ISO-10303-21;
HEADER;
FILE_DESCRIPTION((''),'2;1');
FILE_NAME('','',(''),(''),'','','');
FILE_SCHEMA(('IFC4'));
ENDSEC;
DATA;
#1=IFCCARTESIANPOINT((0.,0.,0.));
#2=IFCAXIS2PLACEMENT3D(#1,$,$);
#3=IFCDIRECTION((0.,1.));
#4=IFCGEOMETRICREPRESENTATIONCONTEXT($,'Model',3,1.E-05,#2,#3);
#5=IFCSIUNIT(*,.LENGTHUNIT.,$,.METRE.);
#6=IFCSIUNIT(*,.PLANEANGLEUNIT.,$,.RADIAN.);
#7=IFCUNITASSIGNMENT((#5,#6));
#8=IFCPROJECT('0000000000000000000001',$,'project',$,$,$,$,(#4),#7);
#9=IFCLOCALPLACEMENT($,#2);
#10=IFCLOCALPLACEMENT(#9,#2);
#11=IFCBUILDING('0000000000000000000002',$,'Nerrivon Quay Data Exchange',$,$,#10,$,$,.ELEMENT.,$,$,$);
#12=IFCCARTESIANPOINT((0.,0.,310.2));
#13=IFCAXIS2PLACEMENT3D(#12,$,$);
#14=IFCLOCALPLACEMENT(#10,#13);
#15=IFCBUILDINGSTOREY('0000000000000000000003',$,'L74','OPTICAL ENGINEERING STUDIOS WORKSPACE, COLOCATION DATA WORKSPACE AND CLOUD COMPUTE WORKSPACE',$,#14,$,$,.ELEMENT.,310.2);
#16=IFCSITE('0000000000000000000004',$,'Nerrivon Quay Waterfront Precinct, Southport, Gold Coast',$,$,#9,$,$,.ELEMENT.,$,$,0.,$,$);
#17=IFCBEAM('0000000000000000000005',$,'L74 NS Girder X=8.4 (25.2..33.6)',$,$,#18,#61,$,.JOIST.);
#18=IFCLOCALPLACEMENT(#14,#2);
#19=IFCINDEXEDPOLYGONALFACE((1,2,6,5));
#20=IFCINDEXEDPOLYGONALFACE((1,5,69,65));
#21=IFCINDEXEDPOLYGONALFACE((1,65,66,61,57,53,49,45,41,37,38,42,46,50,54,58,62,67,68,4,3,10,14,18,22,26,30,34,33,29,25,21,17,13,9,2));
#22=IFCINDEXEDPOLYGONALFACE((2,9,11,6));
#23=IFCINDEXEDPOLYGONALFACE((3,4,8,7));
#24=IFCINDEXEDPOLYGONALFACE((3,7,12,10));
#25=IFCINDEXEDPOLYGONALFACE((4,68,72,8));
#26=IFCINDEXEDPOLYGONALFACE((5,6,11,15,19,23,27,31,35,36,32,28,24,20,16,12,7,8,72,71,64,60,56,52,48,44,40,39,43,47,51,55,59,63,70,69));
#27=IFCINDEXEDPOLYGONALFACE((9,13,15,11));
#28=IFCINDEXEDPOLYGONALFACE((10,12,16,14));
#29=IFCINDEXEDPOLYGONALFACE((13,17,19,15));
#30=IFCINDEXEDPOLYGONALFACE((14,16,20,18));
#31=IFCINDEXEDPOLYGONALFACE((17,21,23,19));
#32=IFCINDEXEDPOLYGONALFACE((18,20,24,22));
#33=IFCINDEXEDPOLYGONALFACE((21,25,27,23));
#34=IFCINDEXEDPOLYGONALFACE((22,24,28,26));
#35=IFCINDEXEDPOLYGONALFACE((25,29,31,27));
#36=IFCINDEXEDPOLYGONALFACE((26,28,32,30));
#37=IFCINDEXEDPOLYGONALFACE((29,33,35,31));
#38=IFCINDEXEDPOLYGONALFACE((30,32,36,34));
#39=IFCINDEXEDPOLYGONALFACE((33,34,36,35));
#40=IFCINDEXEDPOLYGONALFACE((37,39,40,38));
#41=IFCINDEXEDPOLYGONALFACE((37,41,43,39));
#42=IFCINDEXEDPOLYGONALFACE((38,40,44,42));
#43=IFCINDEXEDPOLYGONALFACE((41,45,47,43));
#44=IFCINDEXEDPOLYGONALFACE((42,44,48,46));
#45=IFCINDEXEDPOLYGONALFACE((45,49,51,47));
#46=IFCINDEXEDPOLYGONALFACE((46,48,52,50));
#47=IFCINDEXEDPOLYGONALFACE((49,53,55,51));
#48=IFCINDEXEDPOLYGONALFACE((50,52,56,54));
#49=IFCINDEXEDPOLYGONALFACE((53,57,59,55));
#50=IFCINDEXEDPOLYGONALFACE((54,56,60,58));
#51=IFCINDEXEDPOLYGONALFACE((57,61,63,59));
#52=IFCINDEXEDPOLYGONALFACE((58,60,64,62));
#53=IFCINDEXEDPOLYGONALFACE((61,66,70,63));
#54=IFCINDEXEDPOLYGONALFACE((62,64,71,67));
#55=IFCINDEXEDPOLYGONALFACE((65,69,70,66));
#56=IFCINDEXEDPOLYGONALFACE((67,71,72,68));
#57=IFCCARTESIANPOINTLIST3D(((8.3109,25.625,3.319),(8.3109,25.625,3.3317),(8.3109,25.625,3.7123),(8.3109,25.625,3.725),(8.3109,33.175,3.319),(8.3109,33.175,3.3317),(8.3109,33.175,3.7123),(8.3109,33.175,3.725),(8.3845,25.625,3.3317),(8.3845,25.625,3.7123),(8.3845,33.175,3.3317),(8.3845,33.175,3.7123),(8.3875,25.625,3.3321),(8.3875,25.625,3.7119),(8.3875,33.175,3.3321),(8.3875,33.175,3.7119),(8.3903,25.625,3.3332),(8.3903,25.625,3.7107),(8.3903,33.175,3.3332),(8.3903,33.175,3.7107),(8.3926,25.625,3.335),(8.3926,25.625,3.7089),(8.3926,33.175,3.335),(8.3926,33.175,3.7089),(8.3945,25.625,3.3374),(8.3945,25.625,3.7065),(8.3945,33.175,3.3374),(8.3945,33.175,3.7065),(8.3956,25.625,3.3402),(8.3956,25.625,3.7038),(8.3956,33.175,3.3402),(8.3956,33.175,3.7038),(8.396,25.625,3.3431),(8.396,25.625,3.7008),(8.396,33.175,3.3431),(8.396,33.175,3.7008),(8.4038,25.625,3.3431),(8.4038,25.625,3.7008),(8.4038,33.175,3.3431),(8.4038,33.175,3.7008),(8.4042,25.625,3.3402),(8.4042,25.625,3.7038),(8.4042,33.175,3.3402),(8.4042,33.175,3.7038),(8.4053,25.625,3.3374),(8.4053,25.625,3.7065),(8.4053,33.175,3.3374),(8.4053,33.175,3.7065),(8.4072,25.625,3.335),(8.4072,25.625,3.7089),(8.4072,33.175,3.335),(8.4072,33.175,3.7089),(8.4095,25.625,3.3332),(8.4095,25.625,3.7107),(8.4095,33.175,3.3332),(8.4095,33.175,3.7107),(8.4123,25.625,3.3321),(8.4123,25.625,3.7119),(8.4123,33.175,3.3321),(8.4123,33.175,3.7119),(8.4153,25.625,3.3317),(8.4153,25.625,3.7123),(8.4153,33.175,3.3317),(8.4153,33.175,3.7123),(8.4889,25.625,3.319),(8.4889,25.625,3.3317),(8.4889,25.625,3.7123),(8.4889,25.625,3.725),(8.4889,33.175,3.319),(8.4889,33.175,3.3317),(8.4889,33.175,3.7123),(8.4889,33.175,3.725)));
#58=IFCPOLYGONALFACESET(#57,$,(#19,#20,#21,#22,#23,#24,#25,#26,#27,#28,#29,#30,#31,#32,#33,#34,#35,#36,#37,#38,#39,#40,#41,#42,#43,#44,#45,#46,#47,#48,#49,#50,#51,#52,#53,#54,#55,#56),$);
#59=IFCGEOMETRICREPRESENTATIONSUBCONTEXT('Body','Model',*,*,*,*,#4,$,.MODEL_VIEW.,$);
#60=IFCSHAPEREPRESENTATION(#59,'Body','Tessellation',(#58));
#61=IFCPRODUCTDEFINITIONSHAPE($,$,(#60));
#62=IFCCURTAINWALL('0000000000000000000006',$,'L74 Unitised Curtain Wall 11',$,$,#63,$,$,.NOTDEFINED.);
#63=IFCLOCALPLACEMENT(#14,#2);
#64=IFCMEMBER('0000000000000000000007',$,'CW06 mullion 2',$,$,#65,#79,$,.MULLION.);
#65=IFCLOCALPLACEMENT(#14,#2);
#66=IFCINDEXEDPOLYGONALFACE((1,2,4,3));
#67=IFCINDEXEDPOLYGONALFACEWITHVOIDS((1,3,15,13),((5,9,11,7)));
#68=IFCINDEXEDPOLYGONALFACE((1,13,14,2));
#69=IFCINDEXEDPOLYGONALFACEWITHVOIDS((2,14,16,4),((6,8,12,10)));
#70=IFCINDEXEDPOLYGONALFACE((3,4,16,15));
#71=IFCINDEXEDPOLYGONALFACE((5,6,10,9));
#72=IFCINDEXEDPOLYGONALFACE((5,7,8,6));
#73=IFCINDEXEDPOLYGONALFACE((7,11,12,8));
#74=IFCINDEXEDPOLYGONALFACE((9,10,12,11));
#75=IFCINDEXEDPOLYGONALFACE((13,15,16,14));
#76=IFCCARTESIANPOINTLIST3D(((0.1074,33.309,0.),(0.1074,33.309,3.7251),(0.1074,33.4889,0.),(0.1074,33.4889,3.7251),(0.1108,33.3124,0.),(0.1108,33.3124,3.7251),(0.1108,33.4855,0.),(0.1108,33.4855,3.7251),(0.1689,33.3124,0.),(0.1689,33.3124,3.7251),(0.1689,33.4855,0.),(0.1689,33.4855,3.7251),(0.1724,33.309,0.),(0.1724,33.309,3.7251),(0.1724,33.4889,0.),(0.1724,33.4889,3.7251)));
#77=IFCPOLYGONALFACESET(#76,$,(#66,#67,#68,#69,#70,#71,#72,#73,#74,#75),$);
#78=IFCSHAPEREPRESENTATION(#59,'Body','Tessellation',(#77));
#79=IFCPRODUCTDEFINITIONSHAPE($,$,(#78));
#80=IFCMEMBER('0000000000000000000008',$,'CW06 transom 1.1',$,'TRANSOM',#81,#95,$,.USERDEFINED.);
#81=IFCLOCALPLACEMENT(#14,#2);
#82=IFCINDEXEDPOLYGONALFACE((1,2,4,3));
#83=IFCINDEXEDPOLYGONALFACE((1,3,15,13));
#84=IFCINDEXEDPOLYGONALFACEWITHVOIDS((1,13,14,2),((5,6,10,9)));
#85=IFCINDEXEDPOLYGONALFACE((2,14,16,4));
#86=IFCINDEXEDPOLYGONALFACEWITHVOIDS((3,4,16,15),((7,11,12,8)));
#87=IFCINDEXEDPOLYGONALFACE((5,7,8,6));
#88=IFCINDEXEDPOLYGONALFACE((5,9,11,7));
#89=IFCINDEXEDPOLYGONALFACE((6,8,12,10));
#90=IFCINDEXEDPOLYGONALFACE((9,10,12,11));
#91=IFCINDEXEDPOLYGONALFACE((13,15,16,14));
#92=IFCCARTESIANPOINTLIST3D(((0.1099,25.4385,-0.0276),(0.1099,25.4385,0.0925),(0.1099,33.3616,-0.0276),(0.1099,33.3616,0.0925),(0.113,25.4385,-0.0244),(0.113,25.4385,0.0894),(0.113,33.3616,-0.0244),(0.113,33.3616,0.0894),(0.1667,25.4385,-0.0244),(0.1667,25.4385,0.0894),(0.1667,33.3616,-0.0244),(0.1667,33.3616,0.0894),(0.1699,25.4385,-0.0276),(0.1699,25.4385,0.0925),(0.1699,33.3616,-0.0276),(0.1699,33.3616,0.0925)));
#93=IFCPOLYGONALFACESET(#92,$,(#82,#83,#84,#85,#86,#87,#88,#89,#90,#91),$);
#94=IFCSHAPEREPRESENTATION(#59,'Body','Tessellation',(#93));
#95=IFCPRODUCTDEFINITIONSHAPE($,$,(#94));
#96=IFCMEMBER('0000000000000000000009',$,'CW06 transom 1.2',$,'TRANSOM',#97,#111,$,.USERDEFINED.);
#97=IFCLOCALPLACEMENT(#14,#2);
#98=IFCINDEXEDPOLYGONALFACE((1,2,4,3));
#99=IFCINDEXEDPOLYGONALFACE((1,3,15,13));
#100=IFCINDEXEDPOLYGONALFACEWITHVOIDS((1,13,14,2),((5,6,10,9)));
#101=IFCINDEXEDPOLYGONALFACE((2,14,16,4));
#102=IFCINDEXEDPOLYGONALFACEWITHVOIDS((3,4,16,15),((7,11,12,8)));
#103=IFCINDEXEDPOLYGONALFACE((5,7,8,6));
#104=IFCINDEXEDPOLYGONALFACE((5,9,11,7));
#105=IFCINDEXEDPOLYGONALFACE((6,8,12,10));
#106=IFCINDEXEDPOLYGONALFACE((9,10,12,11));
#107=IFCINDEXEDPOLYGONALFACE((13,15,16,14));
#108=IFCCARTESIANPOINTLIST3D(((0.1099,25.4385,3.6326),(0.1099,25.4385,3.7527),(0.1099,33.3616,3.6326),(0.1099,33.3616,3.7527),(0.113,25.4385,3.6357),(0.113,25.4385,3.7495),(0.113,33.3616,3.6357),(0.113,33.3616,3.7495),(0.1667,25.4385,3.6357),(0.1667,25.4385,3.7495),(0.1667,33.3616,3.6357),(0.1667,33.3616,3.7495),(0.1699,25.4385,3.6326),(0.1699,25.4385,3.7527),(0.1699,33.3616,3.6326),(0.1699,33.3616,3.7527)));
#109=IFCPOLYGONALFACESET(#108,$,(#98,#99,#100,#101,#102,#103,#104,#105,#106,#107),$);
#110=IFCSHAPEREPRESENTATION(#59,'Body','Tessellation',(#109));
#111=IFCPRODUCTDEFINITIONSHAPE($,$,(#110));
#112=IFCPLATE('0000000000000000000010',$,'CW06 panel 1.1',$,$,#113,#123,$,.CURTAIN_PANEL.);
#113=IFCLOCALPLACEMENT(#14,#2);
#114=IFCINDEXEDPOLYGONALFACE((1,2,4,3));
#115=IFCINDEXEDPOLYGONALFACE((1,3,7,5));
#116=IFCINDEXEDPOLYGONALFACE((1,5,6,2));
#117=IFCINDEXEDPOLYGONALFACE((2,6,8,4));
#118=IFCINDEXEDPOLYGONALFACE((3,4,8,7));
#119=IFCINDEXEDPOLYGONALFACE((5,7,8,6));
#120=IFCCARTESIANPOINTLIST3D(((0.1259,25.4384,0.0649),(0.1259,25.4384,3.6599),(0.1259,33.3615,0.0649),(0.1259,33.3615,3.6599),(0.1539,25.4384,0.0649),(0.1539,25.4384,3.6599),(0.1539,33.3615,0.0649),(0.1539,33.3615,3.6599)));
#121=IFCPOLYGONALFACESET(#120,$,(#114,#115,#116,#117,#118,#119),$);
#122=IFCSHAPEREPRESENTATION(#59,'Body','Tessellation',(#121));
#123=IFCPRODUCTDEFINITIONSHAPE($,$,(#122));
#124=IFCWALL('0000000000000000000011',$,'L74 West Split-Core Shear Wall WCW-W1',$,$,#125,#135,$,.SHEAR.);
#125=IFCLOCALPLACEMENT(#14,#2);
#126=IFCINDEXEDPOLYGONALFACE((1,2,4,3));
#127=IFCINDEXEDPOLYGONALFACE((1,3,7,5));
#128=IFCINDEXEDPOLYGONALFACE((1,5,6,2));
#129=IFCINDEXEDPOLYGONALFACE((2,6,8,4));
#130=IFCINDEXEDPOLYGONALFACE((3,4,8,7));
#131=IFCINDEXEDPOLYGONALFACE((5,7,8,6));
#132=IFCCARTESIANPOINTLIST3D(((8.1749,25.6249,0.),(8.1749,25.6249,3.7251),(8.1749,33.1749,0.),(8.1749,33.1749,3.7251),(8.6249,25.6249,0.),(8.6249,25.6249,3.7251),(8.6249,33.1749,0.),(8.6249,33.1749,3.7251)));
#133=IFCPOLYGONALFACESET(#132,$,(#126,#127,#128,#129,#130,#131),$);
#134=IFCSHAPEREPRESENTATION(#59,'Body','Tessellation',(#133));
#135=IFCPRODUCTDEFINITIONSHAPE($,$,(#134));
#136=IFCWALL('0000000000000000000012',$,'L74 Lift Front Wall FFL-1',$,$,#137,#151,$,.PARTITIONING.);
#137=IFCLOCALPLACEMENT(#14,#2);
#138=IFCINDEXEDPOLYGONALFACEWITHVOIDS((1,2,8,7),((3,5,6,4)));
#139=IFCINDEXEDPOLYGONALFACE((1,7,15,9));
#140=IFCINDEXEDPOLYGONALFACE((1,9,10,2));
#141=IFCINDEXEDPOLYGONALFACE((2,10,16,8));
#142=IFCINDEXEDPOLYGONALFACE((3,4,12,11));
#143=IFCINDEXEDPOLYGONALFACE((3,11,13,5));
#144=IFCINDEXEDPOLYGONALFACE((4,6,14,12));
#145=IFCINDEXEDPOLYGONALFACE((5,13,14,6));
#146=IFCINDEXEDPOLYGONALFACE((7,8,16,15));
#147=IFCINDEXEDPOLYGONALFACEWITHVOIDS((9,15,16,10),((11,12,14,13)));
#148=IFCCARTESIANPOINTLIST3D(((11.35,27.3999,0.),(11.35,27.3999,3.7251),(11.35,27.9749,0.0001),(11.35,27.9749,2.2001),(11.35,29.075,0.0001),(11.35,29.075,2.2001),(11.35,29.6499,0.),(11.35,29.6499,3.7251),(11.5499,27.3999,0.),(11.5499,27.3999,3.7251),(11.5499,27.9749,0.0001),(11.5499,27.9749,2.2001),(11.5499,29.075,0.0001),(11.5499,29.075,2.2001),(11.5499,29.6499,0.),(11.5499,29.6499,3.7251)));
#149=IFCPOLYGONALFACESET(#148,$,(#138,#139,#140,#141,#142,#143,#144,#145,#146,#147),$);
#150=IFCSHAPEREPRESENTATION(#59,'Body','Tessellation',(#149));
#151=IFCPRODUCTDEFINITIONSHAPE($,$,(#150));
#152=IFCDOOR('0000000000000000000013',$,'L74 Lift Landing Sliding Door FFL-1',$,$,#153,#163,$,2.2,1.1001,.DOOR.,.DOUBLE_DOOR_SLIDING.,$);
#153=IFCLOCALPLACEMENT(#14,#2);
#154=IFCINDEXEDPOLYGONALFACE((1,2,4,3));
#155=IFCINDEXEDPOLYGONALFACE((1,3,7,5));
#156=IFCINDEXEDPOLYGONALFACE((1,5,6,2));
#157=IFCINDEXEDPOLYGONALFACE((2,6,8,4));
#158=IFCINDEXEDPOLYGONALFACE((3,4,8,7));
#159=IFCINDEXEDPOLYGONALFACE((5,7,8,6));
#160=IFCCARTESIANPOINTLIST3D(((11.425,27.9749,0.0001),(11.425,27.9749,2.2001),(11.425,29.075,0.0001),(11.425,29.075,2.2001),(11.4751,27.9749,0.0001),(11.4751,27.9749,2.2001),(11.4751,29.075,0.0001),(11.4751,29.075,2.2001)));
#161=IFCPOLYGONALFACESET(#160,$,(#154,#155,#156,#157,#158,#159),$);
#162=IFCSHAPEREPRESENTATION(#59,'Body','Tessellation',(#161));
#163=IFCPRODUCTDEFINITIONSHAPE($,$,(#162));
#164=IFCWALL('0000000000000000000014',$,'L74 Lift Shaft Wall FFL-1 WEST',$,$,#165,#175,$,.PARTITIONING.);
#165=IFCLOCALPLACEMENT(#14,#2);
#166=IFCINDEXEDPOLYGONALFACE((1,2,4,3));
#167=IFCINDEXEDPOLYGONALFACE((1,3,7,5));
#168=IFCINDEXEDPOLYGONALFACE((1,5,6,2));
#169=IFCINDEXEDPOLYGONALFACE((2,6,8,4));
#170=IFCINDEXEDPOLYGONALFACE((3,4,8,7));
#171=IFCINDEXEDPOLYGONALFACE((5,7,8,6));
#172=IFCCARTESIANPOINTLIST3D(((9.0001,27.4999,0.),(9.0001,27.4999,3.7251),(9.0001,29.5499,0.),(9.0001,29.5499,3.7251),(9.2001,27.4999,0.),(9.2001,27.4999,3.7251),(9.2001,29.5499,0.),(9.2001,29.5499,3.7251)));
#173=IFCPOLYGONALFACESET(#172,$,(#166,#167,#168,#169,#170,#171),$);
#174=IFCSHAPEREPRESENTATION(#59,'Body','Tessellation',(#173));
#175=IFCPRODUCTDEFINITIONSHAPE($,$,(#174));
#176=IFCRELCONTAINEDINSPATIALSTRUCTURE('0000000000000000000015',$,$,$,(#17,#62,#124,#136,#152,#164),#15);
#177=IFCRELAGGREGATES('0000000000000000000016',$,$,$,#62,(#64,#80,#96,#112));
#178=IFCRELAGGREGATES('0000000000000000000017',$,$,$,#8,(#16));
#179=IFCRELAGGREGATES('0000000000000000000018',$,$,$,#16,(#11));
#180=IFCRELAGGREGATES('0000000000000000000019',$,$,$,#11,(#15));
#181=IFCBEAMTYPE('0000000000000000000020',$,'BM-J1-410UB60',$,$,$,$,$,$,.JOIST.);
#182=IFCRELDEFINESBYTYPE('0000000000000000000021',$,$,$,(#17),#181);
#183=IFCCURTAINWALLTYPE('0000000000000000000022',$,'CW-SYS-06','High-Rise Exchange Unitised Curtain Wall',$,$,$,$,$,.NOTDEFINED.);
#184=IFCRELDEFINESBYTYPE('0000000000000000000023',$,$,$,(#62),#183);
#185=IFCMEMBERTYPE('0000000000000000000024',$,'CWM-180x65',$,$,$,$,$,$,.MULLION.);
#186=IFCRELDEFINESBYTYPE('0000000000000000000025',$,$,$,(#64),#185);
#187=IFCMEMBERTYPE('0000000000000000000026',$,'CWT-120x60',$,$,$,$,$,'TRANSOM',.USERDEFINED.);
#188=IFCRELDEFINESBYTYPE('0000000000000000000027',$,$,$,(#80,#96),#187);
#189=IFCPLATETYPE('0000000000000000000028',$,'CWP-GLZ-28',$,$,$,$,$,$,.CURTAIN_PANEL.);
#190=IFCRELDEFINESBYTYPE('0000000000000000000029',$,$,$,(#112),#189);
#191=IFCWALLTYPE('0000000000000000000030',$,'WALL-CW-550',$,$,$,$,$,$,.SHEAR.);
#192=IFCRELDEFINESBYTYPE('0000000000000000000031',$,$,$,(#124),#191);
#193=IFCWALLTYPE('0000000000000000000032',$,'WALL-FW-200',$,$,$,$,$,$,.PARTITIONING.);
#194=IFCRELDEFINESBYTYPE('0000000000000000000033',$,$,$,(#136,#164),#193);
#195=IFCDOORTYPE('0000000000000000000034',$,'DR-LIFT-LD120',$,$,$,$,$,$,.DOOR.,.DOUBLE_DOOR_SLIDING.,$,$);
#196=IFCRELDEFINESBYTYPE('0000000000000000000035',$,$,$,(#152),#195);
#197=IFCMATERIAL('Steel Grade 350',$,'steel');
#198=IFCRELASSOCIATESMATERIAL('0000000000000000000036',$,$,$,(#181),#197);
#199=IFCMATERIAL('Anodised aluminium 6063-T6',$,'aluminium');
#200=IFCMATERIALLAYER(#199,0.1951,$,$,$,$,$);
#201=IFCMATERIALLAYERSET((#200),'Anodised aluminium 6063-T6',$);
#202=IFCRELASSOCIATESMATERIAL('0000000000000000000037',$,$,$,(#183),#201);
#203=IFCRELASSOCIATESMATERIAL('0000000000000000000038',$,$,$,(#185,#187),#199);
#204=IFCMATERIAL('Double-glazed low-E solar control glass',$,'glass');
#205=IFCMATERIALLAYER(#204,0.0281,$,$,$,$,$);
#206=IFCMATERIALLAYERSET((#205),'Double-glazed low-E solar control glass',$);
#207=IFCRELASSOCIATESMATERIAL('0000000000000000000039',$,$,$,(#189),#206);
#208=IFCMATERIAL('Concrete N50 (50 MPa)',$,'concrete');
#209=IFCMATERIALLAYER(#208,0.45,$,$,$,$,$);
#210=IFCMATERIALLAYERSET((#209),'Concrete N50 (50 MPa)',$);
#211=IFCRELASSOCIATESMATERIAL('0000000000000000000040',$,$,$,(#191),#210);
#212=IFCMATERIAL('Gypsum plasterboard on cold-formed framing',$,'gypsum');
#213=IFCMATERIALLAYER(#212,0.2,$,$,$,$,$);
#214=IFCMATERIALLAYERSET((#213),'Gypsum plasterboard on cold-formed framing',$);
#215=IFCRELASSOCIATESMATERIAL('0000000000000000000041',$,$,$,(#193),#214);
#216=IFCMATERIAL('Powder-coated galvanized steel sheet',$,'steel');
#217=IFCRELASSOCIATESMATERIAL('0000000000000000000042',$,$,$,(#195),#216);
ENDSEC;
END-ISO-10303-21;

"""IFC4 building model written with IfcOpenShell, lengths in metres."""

from ifc_helpers import new_model, si_unit, direction, frame, frame_2d, origin, origin_2d, place, context, subcontext, project, spatial, rectangle, hollow_rectangle, i_section, extrude, material, layer, layer_set, material_profile, profile_set, type_object, element, fill, aggregate, save


model = new_model("IFC4")

# Units and contexts
model_context = context("Model", 3, precision=1e-05, world=origin(), true_north=direction((0.0, 1.0)))
body_context = subcontext(model_context, "Body", "Model", "MODEL_VIEW")
ifc_project = project(units=[si_unit("LENGTHUNIT", "METRE"), si_unit("PLANEANGLEUNIT", "RADIAN")], contexts=[model_context])

# Site, building, storey
site_placement = place(None, origin())
site = spatial("IfcSite", under=ifc_project, at=site_placement, Name="Nerrivon Quay Waterfront Precinct, Southport, Gold Coast", CompositionType="ELEMENT", RefElevation=0.0)
building_placement = place(site_placement, origin())
building = spatial("IfcBuilding", under=site, at=building_placement, Name="Nerrivon Quay Data Exchange", CompositionType="ELEMENT")
storey_placement = place(building_placement, frame((0.0, 0.0, 310.2)))
storey = spatial("IfcBuildingStorey", under=building, at=storey_placement, Name="L74", Description="OPTICAL ENGINEERING STUDIOS WORKSPACE, COLOCATION DATA WORKSPACE AND CLOUD COMPUTE WORKSPACE", CompositionType="ELEMENT", Elevation=310.2)

# Beam
ifc_material_1 = material(Name="Steel Grade 350", Category="steel")
ifc_material_profile_1 = material_profile(ifc_material_1, i_section(OverallWidth=0.178, OverallDepth=0.406, WebThickness=0.0078, FlangeThickness=0.0127, FilletRadius=0.0115, at=origin_2d()), Name="410UB59.7")
ifc_profile_set_1 = profile_set([ifc_material_profile_1], Name="Steel Grade 350")
beam_type = type_object("IfcBeamType", Name="BM-J1-410UB60", PredefinedType="JOIST", material=ifc_profile_set_1)
beam_placement = place(storey_placement, frame((8.3999, 25.625, 3.522), z_axis=(0.0, 1.0, 0.0), x_axis=(-1.0, 0.0, 0.0)))
element("IfcBeam", 1, at=beam_placement, inside=storey, type_object=beam_type, Name="L74 NS Girder X=8.4 (25.2..33.6)", PredefinedType="JOIST", context=body_context, shape_type="SweptSolid", body=[
    extrude(i_section(OverallWidth=0.178, OverallDepth=0.406, WebThickness=0.0078, FlangeThickness=0.0127, FilletRadius=0.0115, at=origin_2d()), origin(), (0.0, 0.0, 1.0), 7.55),
])

# Curtain wall, members, plate
ifc_material_2 = material(Name="Anodised aluminium 6063-T6", Category="aluminium")
ifc_layer_1 = layer(ifc_material_2, 0.1951)
ifc_layer_set_1 = layer_set([ifc_layer_1], Name="Anodised aluminium 6063-T6")
curtain_wall_type = type_object("IfcCurtainWallType", Name="CW-SYS-06", Description="High-Rise Exchange Unitised Curtain Wall", PredefinedType="NOTDEFINED", material=ifc_layer_set_1)
curtain_wall_placement = place(storey_placement, origin())
curtain_wall = element("IfcCurtainWall", 2, at=curtain_wall_placement, inside=storey, type_object=curtain_wall_type, Name="L74 Unitised Curtain Wall 11", PredefinedType="NOTDEFINED")
ifc_material_profile_2 = material_profile(ifc_material_2, hollow_rectangle(XDim=0.0649, YDim=0.1799, WallThickness=0.0034, at=origin_2d()), Name="ALU-MULL-180x65")
ifc_profile_set_2 = profile_set([ifc_material_profile_2], Name="Anodised aluminium 6063-T6")
member_type_1 = type_object("IfcMemberType", Name="CWM-180x65", PredefinedType="MULLION", material=ifc_profile_set_2)
member_1_placement = place(storey_placement, frame((0.1399, 33.3989, 0.0), z_axis=(0.0, 0.0, 1.0), x_axis=(-1.0, 0.0, 0.0)))
member_1 = element("IfcMember", 3, at=member_1_placement, type_object=member_type_1, Name="CW06 mullion 2", PredefinedType="MULLION", context=body_context, shape_type="SweptSolid", body=[
    extrude(hollow_rectangle(XDim=0.0649, YDim=0.1799, WallThickness=0.0034, at=origin_2d()), origin(), (0.0, 0.0, 1.0), 3.7251),
])
ifc_material_profile_3 = material_profile(ifc_material_2, hollow_rectangle(XDim=0.0601, YDim=0.1201, WallThickness=0.0032, at=origin_2d()), Name="ALU-TRAN-120x60")
ifc_profile_set_3 = profile_set([ifc_material_profile_3], Name="Anodised aluminium 6063-T6")
member_type_2 = type_object("IfcMemberType", Name="CWT-120x60", ElementType="TRANSOM", PredefinedType="USERDEFINED", material=ifc_profile_set_3)
member_2_placement = place(storey_placement, frame((0.1399, 25.4385, 0.0325), z_axis=(0.0, 1.0, 0.0), x_axis=(-1.0, 0.0, 0.0)))
member_2 = element("IfcMember", 4, at=member_2_placement, type_object=member_type_2, Name="CW06 transom 1.1", ObjectType="TRANSOM", PredefinedType="USERDEFINED", context=body_context, shape_type="SweptSolid", body=[
    extrude(hollow_rectangle(XDim=0.0601, YDim=0.1201, WallThickness=0.0032, at=origin_2d()), origin(), (0.0, 0.0, 1.0), 7.9231),
])
member_3_placement = place(storey_placement, frame((0.1399, 25.4385, 3.6926), z_axis=(0.0, 1.0, 0.0), x_axis=(-1.0, 0.0, 0.0)))
member_3 = element("IfcMember", 5, at=member_3_placement, type_object=member_type_2, Name="CW06 transom 1.2", ObjectType="TRANSOM", PredefinedType="USERDEFINED", context=body_context, shape_type="SweptSolid", body=[
    extrude(hollow_rectangle(XDim=0.0601, YDim=0.1201, WallThickness=0.0032, at=origin_2d()), origin(), (0.0, 0.0, 1.0), 7.9231),
])
ifc_material_3 = material(Name="Double-glazed low-E solar control glass", Category="glass")
ifc_layer_2 = layer(ifc_material_3, 0.0281)
ifc_layer_set_2 = layer_set([ifc_layer_2], Name="Double-glazed low-E solar control glass")
plate_type = type_object("IfcPlateType", Name="CWP-GLZ-28", PredefinedType="CURTAIN_PANEL", material=ifc_layer_set_2)
plate_placement = place(storey_placement, frame((0.1399, 29.3999, 0.0649), z_axis=(0.0, 0.0, 1.0), x_axis=(0.0, 1.0, 0.0)))
plate = element("IfcPlate", 6, at=plate_placement, type_object=plate_type, Name="CW06 panel 1.1", PredefinedType="CURTAIN_PANEL", context=body_context, shape_type="SweptSolid", body=[
    extrude(rectangle(XDim=7.9231, YDim=0.0281, at=origin_2d()), origin(), (0.0, 0.0, 1.0), 3.595),
])
aggregate(curtain_wall, [member_1, member_2, member_3, plate])

# Wall
ifc_material_4 = material(Name="Concrete N50 (50 MPa)", Category="concrete")
ifc_layer_3 = layer(ifc_material_4, 0.45)
ifc_layer_set_3 = layer_set([ifc_layer_3], Name="Concrete N50 (50 MPa)")
wall_type_1 = type_object("IfcWallType", Name="WALL-CW-550", PredefinedType="SHEAR", material=ifc_layer_set_3)
wall_1_placement = place(storey_placement, frame((8.3999, 25.625, 0.0), z_axis=(0.0, 0.0, 1.0), x_axis=(0.0, 1.0, 0.0)))
element("IfcWall", 7, at=wall_1_placement, inside=storey, type_object=wall_type_1, Name="L74 West Split-Core Shear Wall WCW-W1", PredefinedType="SHEAR", context=body_context, shape_type="SweptSolid", body=[
    extrude(rectangle(XDim=7.55, YDim=0.45, at=frame_2d((3.7749, 0.0))), origin(), (0.0, 0.0, 1.0), 3.7251),
])

# Wall, opening, door
ifc_material_5 = material(Name="Gypsum plasterboard on cold-formed framing", Category="gypsum")
ifc_layer_4 = layer(ifc_material_5, 0.2)
ifc_layer_set_4 = layer_set([ifc_layer_4], Name="Gypsum plasterboard on cold-formed framing")
wall_type_2 = type_object("IfcWallType", Name="WALL-FW-200", PredefinedType="PARTITIONING", material=ifc_layer_set_4)
wall_2_placement = place(storey_placement, frame((11.45, 27.3999, 0.0), z_axis=(0.0, 0.0, 1.0), x_axis=(0.0, 1.0, 0.0)))
wall_2 = element("IfcWall", 8, at=wall_2_placement, inside=storey, type_object=wall_type_2, Name="L74 Lift Front Wall FFL-1", PredefinedType="PARTITIONING", context=body_context, shape_type="SweptSolid", body=[
    extrude(rectangle(XDim=2.25, YDim=0.2, at=frame_2d((1.125, 0.0))), origin(), (0.0, 0.0, 1.0), 3.7251),
])
opening_1_placement = place(wall_2_placement, frame((0.575, 0.0, 0.0)))
opening_1 = element("IfcOpeningElement", 9, at=opening_1_placement, cuts=wall_2, PredefinedType="OPENING", context=body_context, shape_type="SweptSolid", body=[
    extrude(rectangle(XDim=1.1001, YDim=2.2, at=frame_2d((0.55, 1.1001))), frame((0.0, 0.1099, 0.0), z_axis=(0.0, -1.0, 0.0), x_axis=(1.0, 0.0, 0.0)), (0.0, 0.0, 1.0), 0.22),
])
ifc_material_6 = material(Name="Powder-coated galvanized steel sheet", Category="steel")
door_type_1 = type_object("IfcDoorType", Name="DR-LIFT-LD120", OperationType="DOUBLE_DOOR_SLIDING", PredefinedType="DOOR", material=ifc_material_6)
door_1_placement = place(opening_1_placement, origin())
door_1 = element("IfcDoor", 10, at=door_1_placement, inside=storey, type_object=door_type_1, Name="L74 Lift Landing Sliding Door FFL-1", OperationType="DOUBLE_DOOR_SLIDING", OverallHeight=2.2, OverallWidth=1.1001, PredefinedType="DOOR", context=body_context, shape_type="SweptSolid", body=[
    extrude(rectangle(XDim=1.1001, YDim=2.2, at=frame_2d((0.55, 1.1001))), frame((0.0, 0.0249, 0.0), z_axis=(0.0, -1.0, 0.0), x_axis=(1.0, 0.0, 0.0)), (0.0, 0.0, 1.0), 0.05),
])
fill(opening_1, door_1)

# Wall
wall_3_placement = place(storey_placement, frame((9.1001, 27.5, 0.0), z_axis=(0.0, 0.0, 1.0), x_axis=(0.0, 1.0, 0.0)))
element("IfcWall", 11, at=wall_3_placement, inside=storey, type_object=wall_type_2, Name="L74 Lift Shaft Wall FFL-1 WEST", PredefinedType="PARTITIONING", context=body_context, shape_type="SweptSolid", body=[
    extrude(rectangle(XDim=2.05, YDim=0.2, at=frame_2d((1.0249, 0.0))), origin(), (0.0, 0.0, 1.0), 3.7251),
])

save(model, "model.ifc")
